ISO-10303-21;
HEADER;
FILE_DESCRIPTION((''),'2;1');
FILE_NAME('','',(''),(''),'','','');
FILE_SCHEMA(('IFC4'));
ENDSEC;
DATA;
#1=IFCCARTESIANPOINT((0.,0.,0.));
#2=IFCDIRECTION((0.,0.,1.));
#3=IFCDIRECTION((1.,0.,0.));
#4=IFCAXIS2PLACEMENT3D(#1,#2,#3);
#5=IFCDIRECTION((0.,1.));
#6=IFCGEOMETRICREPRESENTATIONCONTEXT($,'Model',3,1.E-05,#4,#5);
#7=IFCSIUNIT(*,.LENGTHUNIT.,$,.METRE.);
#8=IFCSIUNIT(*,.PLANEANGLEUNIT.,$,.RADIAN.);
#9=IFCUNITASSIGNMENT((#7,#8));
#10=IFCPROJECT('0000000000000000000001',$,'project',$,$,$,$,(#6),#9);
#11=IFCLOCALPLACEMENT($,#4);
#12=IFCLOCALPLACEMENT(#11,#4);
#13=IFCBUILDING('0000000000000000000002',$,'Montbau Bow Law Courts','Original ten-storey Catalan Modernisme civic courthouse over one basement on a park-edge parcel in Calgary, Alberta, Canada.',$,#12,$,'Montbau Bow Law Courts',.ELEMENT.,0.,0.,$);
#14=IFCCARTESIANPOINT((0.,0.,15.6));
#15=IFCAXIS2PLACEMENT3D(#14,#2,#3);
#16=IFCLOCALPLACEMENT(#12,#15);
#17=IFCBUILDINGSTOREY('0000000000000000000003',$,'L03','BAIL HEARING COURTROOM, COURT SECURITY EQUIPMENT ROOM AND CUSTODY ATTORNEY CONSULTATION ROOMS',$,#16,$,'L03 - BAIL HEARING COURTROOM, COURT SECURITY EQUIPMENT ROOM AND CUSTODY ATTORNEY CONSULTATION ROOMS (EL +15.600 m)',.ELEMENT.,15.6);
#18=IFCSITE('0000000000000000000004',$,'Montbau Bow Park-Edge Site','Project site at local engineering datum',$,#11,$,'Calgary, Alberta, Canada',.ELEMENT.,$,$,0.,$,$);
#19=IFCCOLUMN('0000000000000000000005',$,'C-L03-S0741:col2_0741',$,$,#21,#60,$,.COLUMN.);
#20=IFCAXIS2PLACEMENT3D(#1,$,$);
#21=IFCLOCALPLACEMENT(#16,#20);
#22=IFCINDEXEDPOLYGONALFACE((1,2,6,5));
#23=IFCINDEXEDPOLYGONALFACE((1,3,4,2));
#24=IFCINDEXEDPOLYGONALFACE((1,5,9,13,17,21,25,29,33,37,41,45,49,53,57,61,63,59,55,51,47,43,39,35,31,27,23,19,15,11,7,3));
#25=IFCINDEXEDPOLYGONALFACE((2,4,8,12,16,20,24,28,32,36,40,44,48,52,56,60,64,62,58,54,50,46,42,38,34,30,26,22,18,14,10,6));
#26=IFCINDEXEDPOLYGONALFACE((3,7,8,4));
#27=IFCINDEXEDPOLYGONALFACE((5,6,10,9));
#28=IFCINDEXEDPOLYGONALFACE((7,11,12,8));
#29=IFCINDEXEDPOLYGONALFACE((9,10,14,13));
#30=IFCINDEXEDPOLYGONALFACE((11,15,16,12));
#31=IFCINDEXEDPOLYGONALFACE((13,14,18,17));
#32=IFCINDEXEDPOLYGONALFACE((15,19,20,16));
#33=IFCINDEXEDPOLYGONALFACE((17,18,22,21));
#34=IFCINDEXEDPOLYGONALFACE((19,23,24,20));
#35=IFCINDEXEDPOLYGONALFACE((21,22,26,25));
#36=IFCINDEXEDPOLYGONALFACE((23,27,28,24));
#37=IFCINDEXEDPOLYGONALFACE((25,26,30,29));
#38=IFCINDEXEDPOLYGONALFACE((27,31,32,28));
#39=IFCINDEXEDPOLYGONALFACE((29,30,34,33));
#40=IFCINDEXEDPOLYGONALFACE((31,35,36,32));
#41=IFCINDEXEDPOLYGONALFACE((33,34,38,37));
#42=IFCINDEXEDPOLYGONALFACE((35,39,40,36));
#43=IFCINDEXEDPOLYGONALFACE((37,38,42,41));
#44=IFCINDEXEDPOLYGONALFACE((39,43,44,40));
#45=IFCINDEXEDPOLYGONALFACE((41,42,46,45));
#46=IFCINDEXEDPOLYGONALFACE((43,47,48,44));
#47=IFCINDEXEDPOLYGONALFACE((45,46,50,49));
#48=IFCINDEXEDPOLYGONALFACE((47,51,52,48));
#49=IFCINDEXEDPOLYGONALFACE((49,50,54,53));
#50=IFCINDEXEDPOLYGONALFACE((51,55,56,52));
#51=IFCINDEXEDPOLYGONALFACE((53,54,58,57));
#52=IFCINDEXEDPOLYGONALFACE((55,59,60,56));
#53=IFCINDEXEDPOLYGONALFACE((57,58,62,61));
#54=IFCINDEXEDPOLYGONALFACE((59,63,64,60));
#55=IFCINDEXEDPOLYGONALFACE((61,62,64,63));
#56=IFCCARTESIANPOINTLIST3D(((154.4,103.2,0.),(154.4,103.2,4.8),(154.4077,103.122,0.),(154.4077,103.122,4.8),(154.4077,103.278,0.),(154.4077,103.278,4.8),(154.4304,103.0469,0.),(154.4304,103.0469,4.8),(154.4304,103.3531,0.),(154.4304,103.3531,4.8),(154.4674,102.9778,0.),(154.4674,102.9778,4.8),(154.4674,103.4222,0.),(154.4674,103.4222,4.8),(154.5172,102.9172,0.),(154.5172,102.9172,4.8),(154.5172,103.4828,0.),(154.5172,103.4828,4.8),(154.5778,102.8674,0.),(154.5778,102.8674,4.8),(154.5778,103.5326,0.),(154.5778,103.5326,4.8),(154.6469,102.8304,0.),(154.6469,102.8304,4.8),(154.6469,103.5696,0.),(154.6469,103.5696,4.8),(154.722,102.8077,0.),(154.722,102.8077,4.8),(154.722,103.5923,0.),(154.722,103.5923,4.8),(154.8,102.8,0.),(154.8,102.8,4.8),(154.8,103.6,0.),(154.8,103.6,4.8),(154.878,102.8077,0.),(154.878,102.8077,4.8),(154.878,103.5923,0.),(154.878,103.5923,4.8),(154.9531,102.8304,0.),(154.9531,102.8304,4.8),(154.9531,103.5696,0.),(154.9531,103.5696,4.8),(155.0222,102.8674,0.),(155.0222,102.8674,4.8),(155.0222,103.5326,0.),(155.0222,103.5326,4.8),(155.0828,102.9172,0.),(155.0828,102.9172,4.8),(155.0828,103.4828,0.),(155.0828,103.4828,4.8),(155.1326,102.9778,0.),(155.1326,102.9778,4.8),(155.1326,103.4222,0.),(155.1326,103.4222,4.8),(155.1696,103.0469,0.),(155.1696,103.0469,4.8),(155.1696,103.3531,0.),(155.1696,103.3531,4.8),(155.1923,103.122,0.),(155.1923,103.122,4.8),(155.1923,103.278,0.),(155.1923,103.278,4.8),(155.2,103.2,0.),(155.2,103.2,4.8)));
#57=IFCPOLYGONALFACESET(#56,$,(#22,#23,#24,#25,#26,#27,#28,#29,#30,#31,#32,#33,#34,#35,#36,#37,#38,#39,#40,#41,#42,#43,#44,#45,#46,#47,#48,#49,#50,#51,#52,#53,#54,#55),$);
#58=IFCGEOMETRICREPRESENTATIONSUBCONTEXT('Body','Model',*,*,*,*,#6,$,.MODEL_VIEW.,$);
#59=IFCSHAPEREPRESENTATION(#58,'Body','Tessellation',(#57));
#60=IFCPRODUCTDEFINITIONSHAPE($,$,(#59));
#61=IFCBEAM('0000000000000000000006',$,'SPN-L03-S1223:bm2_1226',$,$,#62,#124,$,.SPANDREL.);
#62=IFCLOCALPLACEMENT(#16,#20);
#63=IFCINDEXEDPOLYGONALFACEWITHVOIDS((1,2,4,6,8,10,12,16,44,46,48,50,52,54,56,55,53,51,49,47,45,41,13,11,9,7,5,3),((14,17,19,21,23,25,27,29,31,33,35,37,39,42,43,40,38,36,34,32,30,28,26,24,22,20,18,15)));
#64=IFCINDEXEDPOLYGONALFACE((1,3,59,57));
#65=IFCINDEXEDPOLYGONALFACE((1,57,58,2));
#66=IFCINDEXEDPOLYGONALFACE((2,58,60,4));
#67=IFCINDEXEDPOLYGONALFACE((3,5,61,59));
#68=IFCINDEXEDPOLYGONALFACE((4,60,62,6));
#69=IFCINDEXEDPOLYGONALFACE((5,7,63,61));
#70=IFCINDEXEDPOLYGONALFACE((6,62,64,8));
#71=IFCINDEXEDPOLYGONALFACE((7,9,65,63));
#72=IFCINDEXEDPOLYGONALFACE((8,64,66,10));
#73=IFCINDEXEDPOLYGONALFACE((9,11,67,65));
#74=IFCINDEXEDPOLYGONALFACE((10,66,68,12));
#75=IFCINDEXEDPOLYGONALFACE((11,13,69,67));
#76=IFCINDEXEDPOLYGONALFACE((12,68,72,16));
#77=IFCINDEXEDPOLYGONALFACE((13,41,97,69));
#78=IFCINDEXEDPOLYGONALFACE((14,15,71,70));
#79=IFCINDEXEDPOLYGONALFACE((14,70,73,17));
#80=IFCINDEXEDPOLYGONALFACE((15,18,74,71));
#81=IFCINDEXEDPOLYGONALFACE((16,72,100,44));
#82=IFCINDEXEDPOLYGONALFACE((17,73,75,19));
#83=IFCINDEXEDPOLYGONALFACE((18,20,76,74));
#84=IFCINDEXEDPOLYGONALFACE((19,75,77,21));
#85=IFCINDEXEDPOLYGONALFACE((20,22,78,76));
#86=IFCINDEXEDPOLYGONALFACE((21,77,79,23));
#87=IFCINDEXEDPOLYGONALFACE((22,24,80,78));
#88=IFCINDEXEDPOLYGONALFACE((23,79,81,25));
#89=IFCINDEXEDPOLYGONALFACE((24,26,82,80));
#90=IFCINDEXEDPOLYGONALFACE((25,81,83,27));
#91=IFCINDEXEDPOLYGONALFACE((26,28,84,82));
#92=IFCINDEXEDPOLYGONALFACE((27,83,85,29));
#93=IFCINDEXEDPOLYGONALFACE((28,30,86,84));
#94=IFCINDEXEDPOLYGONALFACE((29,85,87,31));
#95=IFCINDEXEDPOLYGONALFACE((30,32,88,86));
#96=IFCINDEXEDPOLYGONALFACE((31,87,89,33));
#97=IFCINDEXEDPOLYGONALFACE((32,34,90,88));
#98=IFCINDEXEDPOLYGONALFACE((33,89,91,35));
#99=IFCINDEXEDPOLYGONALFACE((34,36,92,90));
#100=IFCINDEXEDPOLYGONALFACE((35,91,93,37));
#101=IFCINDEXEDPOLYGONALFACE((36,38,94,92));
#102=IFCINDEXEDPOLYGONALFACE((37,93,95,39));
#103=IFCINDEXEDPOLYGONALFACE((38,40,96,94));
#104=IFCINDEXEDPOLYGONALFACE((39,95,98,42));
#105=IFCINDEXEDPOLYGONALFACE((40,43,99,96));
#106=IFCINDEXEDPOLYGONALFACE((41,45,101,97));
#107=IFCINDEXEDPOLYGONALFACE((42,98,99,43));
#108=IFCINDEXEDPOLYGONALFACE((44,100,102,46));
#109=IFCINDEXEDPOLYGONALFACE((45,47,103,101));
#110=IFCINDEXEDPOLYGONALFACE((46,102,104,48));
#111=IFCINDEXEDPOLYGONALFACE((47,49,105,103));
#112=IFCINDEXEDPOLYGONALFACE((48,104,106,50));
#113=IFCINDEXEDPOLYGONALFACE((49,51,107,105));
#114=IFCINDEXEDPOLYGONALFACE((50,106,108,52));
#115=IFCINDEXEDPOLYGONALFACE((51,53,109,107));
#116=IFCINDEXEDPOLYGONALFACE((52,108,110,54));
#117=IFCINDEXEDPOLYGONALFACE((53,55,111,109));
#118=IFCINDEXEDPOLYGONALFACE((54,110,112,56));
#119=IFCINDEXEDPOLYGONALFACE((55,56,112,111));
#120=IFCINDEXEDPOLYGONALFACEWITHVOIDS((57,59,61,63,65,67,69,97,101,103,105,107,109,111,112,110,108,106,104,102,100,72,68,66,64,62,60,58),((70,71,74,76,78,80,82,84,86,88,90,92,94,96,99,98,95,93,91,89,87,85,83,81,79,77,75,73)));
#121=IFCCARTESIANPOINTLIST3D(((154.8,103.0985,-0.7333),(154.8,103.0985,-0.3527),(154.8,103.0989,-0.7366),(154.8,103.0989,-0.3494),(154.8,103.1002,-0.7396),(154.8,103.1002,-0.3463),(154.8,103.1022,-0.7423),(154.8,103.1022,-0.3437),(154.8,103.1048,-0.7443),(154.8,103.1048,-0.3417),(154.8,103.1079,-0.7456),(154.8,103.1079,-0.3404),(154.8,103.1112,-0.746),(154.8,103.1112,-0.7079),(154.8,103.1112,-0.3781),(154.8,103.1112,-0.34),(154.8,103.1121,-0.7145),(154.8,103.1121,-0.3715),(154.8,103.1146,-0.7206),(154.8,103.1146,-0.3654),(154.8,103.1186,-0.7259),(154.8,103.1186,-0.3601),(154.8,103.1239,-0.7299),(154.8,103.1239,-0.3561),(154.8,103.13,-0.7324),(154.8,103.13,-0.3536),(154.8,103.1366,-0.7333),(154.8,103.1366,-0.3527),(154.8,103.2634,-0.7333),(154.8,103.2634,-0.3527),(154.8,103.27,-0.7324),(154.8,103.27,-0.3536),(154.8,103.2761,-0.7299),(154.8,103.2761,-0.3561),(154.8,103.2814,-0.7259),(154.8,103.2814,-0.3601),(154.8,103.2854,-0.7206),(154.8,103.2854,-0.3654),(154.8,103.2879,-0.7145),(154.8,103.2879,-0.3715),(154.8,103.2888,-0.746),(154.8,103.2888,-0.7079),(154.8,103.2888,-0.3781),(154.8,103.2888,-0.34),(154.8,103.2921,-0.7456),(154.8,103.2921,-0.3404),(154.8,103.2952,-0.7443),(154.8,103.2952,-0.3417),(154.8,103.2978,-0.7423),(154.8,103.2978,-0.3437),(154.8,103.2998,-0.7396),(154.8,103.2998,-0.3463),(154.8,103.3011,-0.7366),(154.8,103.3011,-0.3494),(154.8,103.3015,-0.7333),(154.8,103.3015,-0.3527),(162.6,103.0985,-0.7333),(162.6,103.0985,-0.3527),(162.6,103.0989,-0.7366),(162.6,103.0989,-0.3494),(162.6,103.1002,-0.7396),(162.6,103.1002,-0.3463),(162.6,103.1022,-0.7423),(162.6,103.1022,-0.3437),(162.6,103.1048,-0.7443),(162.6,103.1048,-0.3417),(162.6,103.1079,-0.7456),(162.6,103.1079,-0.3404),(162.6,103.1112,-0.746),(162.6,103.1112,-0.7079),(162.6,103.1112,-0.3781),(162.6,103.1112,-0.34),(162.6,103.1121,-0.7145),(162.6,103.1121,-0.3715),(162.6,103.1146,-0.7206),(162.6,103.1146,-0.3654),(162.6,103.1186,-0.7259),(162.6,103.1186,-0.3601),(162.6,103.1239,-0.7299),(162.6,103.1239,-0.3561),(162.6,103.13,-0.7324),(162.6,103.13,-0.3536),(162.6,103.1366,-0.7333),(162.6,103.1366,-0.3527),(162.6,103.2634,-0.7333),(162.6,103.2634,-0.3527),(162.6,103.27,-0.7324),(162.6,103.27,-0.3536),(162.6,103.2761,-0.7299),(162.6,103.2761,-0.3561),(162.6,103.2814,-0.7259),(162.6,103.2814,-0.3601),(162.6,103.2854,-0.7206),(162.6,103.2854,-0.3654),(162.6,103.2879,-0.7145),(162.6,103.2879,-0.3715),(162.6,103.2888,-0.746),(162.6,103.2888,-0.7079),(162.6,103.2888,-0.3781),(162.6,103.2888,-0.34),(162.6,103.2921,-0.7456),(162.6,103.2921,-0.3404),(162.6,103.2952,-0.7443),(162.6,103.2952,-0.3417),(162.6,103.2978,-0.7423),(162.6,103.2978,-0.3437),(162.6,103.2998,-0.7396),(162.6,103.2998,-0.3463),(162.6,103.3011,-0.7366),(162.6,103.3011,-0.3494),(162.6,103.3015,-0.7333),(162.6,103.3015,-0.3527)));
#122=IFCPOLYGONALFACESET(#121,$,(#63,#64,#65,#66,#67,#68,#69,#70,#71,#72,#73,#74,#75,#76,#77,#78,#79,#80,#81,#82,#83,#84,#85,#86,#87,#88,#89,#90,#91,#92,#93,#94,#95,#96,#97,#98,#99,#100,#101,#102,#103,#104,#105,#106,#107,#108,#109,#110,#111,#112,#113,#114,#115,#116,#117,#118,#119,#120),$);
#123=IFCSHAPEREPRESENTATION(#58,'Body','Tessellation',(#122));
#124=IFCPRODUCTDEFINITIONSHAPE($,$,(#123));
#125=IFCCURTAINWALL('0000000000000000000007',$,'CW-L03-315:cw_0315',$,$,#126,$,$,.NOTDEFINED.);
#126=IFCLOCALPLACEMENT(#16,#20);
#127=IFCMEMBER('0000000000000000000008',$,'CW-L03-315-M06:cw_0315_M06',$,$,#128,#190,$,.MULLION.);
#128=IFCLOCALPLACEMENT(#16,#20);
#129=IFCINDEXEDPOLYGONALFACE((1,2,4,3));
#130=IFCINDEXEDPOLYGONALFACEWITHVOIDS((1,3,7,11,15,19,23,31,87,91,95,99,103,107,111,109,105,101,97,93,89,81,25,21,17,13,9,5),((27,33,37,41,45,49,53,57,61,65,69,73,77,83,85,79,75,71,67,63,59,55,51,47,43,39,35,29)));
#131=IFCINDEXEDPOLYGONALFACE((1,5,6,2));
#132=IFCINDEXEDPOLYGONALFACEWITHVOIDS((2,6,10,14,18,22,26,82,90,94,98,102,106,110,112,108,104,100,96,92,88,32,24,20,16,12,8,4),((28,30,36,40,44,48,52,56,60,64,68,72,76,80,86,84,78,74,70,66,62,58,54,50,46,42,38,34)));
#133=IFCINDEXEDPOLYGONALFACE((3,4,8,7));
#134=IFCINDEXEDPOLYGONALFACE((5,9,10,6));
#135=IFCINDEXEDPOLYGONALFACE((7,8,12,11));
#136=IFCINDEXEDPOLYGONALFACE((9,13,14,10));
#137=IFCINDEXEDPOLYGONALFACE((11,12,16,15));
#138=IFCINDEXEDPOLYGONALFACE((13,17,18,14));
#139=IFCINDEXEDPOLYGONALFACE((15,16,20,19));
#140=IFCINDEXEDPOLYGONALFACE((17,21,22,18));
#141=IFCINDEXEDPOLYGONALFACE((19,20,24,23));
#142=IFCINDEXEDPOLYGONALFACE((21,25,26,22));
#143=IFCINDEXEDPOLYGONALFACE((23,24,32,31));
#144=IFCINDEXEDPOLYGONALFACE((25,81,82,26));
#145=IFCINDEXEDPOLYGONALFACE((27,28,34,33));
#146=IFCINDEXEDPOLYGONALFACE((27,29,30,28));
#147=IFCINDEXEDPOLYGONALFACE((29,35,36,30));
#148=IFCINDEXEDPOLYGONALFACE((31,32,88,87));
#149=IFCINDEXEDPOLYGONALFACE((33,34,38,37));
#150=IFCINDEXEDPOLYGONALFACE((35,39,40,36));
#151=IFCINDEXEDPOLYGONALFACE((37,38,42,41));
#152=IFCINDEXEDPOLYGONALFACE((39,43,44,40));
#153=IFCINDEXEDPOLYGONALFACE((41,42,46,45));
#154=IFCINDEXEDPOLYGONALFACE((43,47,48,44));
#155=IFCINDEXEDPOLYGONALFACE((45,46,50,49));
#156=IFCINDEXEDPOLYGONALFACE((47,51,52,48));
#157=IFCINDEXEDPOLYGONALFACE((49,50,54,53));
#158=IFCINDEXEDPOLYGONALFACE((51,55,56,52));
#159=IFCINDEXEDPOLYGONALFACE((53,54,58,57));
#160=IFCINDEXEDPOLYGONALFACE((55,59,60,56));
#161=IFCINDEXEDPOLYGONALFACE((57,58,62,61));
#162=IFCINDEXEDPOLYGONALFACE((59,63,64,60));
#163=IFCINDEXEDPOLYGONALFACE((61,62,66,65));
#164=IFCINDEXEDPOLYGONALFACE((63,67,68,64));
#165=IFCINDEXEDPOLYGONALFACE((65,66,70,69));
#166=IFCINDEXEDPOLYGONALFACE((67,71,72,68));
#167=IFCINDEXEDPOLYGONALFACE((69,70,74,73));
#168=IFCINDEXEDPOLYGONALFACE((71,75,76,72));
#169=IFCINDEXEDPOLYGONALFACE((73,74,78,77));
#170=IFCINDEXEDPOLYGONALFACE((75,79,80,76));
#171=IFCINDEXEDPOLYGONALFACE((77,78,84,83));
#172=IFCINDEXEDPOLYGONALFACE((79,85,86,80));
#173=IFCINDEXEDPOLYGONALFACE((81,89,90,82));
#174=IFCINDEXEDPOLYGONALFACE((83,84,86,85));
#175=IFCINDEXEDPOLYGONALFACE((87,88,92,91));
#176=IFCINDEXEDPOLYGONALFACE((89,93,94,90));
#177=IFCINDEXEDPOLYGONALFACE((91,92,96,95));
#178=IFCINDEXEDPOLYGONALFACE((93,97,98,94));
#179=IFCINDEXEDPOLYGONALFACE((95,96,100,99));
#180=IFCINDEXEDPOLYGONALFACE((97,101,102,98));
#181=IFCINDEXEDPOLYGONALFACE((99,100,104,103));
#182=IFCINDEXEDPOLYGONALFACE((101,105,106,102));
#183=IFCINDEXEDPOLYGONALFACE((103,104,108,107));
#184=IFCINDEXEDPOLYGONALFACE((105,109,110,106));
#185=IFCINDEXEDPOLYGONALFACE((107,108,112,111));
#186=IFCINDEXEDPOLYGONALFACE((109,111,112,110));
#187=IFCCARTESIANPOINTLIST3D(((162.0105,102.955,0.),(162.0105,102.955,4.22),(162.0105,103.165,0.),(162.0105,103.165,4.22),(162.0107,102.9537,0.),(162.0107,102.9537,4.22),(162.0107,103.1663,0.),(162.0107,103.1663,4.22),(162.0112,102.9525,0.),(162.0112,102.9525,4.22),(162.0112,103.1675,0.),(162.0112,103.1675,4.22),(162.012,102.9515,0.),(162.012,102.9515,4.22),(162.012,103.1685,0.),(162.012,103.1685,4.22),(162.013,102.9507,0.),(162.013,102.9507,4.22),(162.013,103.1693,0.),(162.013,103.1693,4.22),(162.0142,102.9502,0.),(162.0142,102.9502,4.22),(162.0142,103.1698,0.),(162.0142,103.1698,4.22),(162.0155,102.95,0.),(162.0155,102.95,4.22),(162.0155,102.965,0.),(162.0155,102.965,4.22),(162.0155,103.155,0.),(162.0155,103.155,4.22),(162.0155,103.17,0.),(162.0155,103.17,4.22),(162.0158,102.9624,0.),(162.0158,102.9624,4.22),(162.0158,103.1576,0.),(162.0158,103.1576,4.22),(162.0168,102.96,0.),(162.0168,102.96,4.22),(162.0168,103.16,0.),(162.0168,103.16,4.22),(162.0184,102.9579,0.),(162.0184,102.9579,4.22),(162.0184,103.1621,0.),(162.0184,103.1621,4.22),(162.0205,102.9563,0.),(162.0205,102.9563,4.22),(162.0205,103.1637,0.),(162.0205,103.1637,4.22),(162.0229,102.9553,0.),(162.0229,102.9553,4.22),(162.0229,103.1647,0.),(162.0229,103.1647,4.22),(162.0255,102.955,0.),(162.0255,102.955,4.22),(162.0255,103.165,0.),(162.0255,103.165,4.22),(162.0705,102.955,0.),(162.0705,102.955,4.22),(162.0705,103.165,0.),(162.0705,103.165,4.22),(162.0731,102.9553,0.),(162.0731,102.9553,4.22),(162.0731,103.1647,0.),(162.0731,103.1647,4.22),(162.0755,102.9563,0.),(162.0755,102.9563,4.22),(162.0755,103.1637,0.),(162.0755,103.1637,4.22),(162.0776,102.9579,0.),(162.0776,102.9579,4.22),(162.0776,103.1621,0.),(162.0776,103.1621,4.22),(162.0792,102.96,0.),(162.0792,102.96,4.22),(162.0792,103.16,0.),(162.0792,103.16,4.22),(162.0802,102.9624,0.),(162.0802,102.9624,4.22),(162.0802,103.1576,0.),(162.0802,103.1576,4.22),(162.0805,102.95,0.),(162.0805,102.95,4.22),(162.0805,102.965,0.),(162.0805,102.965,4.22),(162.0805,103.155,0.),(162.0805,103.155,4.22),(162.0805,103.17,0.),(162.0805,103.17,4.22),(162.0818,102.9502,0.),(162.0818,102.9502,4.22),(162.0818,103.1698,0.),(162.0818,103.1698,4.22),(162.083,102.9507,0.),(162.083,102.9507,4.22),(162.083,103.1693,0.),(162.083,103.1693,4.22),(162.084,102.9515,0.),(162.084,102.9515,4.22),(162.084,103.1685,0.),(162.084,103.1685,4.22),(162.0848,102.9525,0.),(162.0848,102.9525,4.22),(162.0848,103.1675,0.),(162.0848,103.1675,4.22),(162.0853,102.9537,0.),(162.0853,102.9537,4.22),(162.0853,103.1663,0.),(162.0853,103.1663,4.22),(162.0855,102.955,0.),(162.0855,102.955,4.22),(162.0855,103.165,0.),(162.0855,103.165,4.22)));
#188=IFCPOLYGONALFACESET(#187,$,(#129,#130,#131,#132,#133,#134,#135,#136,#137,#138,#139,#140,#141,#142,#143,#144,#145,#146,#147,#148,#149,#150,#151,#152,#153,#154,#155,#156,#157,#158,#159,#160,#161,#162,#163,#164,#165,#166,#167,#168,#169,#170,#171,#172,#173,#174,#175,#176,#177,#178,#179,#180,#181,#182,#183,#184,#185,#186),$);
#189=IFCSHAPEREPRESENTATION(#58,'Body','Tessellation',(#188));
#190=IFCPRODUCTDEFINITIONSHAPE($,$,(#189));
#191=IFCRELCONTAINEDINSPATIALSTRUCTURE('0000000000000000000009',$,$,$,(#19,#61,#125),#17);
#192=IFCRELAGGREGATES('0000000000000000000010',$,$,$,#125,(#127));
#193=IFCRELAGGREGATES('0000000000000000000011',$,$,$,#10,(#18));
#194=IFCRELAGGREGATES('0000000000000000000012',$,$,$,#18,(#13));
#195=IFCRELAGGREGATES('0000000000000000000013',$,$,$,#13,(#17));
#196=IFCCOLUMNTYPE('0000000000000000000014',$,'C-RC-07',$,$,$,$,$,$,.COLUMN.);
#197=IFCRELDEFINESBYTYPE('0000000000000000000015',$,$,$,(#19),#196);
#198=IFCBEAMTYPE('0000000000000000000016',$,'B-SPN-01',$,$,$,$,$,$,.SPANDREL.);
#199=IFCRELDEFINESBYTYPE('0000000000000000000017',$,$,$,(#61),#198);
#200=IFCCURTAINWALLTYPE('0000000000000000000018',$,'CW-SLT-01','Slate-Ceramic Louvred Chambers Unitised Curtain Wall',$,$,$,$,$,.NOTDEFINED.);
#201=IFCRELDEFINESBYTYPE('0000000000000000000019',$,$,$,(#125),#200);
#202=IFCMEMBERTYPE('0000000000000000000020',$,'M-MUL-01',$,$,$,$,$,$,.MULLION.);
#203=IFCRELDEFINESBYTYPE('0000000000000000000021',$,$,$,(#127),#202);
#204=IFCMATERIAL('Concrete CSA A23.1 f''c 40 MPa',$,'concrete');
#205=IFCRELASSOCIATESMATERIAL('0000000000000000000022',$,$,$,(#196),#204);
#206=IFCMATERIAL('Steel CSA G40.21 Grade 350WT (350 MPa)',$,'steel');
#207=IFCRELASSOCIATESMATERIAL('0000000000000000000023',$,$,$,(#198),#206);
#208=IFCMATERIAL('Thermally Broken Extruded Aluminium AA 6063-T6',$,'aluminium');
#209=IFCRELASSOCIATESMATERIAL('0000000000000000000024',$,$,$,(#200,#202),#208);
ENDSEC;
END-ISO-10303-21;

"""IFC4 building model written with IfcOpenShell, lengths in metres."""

from ifc_helpers import new_model, si_unit, direction, frame, origin_with_axes, origin_2d_with_axis, place, context, subcontext, project, spatial, hollow_rectangle, circle, extrude, material, material_profile, profile_set, type_object, element, aggregate, save


model = new_model("IFC4")

# Units and contexts
model_context = context("Model", 3, precision=1e-05, world=origin_with_axes(), true_north=direction((0.0, 1.0)))
body_context = subcontext(model_context, "Body", "Model", "MODEL_VIEW")
ifc_project = project(units=[si_unit("LENGTHUNIT", "METRE"), si_unit("PLANEANGLEUNIT", "RADIAN")], contexts=[model_context])

# Site, building, storey
site_placement = place(None, origin_with_axes())
site = spatial("IfcSite", under=ifc_project, at=site_placement, Name="Montbau Bow Park-Edge Site", Description="Project site at local engineering datum", LongName="Calgary, Alberta, Canada", CompositionType="ELEMENT", RefElevation=0.0)
building_placement = place(site_placement, origin_with_axes())
building = spatial("IfcBuilding", under=site, at=building_placement, Name="Montbau Bow Law Courts", Description="Original ten-storey Catalan Modernisme civic courthouse over one basement on a park-edge parcel in Calgary, Alberta, Canada.", LongName="Montbau Bow Law Courts", CompositionType="ELEMENT", ElevationOfRefHeight=0.0, ElevationOfTerrain=0.0)
storey_placement = place(building_placement, frame((0.0, 0.0, 15.6), z_axis=(0.0, 0.0, 1.0), x_axis=(1.0, 0.0, 0.0)))
storey = spatial("IfcBuildingStorey", under=building, at=storey_placement, Name="L03", Description="BAIL HEARING COURTROOM, COURT SECURITY EQUIPMENT ROOM AND CUSTODY ATTORNEY CONSULTATION ROOMS", LongName="L03 - BAIL HEARING COURTROOM, COURT SECURITY EQUIPMENT ROOM AND CUSTODY ATTORNEY CONSULTATION ROOMS (EL +15.600 m)", CompositionType="ELEMENT", Elevation=15.6)

# Column
ifc_material_1 = material(Name="Concrete CSA A23.1 f'c 40 MPa", Category="concrete")
ifc_material_profile_1 = material_profile(ifc_material_1, circle(Radius=0.4, at=origin_2d_with_axis()), Name="RC800D", Category="Main", Priority=0)
ifc_profile_set_1 = profile_set([ifc_material_profile_1], Name="Concrete CSA A23.1 f'c 40 MPa")
column_type = type_object("IfcColumnType", Name="C-RC-07", PredefinedType="COLUMN", material=ifc_profile_set_1)
column_placement = place(None, frame((154.8, 103.2, 15.6), z_axis=(0.0, 0.0, 1.0), x_axis=(1.0, 0.0, 0.0)))
element("IfcColumn", 1, at=column_placement, inside=storey, type_object=column_type, Name="C-L03-S0741:col2_0741", PredefinedType="COLUMN", context=body_context, shape_type="SweptSolid", body=[
    extrude(circle(Radius=0.4, at=origin_2d_with_axis()), origin_with_axes(), (0.0, 0.0, 1.0), 4.8),
])

# Beam
ifc_material_2 = material(Name="Steel CSA G40.21 Grade 350WT (350 MPa)", Category="steel")
ifc_material_profile_2 = material_profile(ifc_material_2, hollow_rectangle(XDim=0.203, YDim=0.406, WallThickness=0.0127, InnerFilletRadius=0.0254, OuterFilletRadius=0.0127, at=origin_2d_with_axis()), Name="HSS406X203X13", Category="Main", Priority=0)
ifc_profile_set_2 = profile_set([ifc_material_profile_2], Name="Steel CSA G40.21 Grade 350WT (350 MPa)")
beam_type = type_object("IfcBeamType", Name="B-SPN-01", PredefinedType="SPANDREL", material=ifc_profile_set_2)
beam_placement = place(None, frame((154.8, 103.2, 15.057), z_axis=(1.0, 0.0, 0.0), x_axis=(0.0, 1.0, 0.0)))
element("IfcBeam", 2, at=beam_placement, inside=storey, type_object=beam_type, Name="SPN-L03-S1223:bm2_1226", PredefinedType="SPANDREL", context=body_context, shape_type="SweptSolid", body=[
    extrude(hollow_rectangle(XDim=0.203, YDim=0.406, WallThickness=0.0127, InnerFilletRadius=0.0254, OuterFilletRadius=0.0127, at=origin_2d_with_axis()), origin_with_axes(), (0.0, 0.0, 1.0), 7.8),
])

# Curtain wall, member
ifc_material_3 = material(Name="Thermally Broken Extruded Aluminium AA 6063-T6", Category="aluminium")
curtain_wall_type = type_object("IfcCurtainWallType", Name="CW-SLT-01", Description="Slate-Ceramic Louvred Chambers Unitised Curtain Wall", PredefinedType="NOTDEFINED", material=ifc_material_3)
curtain_wall_placement = place(None, frame((155.315, 103.06, 15.6), z_axis=(0.0, 0.0, 1.0), x_axis=(1.0, 0.0, 0.0)))
curtain_wall = element("IfcCurtainWall", 3, at=curtain_wall_placement, inside=storey, type_object=curtain_wall_type, Name="CW-L03-315:cw_0315", PredefinedType="NOTDEFINED")
ifc_material_profile_3 = material_profile(ifc_material_3, hollow_rectangle(XDim=0.075, YDim=0.22, WallThickness=0.005, InnerFilletRadius=0.01, OuterFilletRadius=0.005, at=origin_2d_with_axis()), Name="CWM-220X75", Category="Main", Priority=0)
ifc_profile_set_3 = profile_set([ifc_material_profile_3], Name="Thermally Broken Extruded Aluminium AA 6063-T6")
member_type_1 = type_object("IfcMemberType", Name="M-MUL-01", PredefinedType="MULLION", material=ifc_profile_set_3)
member_1_placement = place(None, frame((162.048, 103.06, 15.6), z_axis=(0.0, 0.0, 1.0), x_axis=(1.0, 0.0, 0.0)))
member_1 = element("IfcMember", 4, at=member_1_placement, type_object=member_type_1, Name="CW-L03-315-M06:cw_0315_M06", PredefinedType="MULLION", context=body_context, shape_type="SweptSolid", body=[
    extrude(hollow_rectangle(XDim=0.075, YDim=0.22, WallThickness=0.005, InnerFilletRadius=0.01, OuterFilletRadius=0.005, at=origin_2d_with_axis()), origin_with_axes(), (0.0, 0.0, 1.0), 4.22),
])
aggregate(curtain_wall, [member_1])

save(model, "model.ifc")
